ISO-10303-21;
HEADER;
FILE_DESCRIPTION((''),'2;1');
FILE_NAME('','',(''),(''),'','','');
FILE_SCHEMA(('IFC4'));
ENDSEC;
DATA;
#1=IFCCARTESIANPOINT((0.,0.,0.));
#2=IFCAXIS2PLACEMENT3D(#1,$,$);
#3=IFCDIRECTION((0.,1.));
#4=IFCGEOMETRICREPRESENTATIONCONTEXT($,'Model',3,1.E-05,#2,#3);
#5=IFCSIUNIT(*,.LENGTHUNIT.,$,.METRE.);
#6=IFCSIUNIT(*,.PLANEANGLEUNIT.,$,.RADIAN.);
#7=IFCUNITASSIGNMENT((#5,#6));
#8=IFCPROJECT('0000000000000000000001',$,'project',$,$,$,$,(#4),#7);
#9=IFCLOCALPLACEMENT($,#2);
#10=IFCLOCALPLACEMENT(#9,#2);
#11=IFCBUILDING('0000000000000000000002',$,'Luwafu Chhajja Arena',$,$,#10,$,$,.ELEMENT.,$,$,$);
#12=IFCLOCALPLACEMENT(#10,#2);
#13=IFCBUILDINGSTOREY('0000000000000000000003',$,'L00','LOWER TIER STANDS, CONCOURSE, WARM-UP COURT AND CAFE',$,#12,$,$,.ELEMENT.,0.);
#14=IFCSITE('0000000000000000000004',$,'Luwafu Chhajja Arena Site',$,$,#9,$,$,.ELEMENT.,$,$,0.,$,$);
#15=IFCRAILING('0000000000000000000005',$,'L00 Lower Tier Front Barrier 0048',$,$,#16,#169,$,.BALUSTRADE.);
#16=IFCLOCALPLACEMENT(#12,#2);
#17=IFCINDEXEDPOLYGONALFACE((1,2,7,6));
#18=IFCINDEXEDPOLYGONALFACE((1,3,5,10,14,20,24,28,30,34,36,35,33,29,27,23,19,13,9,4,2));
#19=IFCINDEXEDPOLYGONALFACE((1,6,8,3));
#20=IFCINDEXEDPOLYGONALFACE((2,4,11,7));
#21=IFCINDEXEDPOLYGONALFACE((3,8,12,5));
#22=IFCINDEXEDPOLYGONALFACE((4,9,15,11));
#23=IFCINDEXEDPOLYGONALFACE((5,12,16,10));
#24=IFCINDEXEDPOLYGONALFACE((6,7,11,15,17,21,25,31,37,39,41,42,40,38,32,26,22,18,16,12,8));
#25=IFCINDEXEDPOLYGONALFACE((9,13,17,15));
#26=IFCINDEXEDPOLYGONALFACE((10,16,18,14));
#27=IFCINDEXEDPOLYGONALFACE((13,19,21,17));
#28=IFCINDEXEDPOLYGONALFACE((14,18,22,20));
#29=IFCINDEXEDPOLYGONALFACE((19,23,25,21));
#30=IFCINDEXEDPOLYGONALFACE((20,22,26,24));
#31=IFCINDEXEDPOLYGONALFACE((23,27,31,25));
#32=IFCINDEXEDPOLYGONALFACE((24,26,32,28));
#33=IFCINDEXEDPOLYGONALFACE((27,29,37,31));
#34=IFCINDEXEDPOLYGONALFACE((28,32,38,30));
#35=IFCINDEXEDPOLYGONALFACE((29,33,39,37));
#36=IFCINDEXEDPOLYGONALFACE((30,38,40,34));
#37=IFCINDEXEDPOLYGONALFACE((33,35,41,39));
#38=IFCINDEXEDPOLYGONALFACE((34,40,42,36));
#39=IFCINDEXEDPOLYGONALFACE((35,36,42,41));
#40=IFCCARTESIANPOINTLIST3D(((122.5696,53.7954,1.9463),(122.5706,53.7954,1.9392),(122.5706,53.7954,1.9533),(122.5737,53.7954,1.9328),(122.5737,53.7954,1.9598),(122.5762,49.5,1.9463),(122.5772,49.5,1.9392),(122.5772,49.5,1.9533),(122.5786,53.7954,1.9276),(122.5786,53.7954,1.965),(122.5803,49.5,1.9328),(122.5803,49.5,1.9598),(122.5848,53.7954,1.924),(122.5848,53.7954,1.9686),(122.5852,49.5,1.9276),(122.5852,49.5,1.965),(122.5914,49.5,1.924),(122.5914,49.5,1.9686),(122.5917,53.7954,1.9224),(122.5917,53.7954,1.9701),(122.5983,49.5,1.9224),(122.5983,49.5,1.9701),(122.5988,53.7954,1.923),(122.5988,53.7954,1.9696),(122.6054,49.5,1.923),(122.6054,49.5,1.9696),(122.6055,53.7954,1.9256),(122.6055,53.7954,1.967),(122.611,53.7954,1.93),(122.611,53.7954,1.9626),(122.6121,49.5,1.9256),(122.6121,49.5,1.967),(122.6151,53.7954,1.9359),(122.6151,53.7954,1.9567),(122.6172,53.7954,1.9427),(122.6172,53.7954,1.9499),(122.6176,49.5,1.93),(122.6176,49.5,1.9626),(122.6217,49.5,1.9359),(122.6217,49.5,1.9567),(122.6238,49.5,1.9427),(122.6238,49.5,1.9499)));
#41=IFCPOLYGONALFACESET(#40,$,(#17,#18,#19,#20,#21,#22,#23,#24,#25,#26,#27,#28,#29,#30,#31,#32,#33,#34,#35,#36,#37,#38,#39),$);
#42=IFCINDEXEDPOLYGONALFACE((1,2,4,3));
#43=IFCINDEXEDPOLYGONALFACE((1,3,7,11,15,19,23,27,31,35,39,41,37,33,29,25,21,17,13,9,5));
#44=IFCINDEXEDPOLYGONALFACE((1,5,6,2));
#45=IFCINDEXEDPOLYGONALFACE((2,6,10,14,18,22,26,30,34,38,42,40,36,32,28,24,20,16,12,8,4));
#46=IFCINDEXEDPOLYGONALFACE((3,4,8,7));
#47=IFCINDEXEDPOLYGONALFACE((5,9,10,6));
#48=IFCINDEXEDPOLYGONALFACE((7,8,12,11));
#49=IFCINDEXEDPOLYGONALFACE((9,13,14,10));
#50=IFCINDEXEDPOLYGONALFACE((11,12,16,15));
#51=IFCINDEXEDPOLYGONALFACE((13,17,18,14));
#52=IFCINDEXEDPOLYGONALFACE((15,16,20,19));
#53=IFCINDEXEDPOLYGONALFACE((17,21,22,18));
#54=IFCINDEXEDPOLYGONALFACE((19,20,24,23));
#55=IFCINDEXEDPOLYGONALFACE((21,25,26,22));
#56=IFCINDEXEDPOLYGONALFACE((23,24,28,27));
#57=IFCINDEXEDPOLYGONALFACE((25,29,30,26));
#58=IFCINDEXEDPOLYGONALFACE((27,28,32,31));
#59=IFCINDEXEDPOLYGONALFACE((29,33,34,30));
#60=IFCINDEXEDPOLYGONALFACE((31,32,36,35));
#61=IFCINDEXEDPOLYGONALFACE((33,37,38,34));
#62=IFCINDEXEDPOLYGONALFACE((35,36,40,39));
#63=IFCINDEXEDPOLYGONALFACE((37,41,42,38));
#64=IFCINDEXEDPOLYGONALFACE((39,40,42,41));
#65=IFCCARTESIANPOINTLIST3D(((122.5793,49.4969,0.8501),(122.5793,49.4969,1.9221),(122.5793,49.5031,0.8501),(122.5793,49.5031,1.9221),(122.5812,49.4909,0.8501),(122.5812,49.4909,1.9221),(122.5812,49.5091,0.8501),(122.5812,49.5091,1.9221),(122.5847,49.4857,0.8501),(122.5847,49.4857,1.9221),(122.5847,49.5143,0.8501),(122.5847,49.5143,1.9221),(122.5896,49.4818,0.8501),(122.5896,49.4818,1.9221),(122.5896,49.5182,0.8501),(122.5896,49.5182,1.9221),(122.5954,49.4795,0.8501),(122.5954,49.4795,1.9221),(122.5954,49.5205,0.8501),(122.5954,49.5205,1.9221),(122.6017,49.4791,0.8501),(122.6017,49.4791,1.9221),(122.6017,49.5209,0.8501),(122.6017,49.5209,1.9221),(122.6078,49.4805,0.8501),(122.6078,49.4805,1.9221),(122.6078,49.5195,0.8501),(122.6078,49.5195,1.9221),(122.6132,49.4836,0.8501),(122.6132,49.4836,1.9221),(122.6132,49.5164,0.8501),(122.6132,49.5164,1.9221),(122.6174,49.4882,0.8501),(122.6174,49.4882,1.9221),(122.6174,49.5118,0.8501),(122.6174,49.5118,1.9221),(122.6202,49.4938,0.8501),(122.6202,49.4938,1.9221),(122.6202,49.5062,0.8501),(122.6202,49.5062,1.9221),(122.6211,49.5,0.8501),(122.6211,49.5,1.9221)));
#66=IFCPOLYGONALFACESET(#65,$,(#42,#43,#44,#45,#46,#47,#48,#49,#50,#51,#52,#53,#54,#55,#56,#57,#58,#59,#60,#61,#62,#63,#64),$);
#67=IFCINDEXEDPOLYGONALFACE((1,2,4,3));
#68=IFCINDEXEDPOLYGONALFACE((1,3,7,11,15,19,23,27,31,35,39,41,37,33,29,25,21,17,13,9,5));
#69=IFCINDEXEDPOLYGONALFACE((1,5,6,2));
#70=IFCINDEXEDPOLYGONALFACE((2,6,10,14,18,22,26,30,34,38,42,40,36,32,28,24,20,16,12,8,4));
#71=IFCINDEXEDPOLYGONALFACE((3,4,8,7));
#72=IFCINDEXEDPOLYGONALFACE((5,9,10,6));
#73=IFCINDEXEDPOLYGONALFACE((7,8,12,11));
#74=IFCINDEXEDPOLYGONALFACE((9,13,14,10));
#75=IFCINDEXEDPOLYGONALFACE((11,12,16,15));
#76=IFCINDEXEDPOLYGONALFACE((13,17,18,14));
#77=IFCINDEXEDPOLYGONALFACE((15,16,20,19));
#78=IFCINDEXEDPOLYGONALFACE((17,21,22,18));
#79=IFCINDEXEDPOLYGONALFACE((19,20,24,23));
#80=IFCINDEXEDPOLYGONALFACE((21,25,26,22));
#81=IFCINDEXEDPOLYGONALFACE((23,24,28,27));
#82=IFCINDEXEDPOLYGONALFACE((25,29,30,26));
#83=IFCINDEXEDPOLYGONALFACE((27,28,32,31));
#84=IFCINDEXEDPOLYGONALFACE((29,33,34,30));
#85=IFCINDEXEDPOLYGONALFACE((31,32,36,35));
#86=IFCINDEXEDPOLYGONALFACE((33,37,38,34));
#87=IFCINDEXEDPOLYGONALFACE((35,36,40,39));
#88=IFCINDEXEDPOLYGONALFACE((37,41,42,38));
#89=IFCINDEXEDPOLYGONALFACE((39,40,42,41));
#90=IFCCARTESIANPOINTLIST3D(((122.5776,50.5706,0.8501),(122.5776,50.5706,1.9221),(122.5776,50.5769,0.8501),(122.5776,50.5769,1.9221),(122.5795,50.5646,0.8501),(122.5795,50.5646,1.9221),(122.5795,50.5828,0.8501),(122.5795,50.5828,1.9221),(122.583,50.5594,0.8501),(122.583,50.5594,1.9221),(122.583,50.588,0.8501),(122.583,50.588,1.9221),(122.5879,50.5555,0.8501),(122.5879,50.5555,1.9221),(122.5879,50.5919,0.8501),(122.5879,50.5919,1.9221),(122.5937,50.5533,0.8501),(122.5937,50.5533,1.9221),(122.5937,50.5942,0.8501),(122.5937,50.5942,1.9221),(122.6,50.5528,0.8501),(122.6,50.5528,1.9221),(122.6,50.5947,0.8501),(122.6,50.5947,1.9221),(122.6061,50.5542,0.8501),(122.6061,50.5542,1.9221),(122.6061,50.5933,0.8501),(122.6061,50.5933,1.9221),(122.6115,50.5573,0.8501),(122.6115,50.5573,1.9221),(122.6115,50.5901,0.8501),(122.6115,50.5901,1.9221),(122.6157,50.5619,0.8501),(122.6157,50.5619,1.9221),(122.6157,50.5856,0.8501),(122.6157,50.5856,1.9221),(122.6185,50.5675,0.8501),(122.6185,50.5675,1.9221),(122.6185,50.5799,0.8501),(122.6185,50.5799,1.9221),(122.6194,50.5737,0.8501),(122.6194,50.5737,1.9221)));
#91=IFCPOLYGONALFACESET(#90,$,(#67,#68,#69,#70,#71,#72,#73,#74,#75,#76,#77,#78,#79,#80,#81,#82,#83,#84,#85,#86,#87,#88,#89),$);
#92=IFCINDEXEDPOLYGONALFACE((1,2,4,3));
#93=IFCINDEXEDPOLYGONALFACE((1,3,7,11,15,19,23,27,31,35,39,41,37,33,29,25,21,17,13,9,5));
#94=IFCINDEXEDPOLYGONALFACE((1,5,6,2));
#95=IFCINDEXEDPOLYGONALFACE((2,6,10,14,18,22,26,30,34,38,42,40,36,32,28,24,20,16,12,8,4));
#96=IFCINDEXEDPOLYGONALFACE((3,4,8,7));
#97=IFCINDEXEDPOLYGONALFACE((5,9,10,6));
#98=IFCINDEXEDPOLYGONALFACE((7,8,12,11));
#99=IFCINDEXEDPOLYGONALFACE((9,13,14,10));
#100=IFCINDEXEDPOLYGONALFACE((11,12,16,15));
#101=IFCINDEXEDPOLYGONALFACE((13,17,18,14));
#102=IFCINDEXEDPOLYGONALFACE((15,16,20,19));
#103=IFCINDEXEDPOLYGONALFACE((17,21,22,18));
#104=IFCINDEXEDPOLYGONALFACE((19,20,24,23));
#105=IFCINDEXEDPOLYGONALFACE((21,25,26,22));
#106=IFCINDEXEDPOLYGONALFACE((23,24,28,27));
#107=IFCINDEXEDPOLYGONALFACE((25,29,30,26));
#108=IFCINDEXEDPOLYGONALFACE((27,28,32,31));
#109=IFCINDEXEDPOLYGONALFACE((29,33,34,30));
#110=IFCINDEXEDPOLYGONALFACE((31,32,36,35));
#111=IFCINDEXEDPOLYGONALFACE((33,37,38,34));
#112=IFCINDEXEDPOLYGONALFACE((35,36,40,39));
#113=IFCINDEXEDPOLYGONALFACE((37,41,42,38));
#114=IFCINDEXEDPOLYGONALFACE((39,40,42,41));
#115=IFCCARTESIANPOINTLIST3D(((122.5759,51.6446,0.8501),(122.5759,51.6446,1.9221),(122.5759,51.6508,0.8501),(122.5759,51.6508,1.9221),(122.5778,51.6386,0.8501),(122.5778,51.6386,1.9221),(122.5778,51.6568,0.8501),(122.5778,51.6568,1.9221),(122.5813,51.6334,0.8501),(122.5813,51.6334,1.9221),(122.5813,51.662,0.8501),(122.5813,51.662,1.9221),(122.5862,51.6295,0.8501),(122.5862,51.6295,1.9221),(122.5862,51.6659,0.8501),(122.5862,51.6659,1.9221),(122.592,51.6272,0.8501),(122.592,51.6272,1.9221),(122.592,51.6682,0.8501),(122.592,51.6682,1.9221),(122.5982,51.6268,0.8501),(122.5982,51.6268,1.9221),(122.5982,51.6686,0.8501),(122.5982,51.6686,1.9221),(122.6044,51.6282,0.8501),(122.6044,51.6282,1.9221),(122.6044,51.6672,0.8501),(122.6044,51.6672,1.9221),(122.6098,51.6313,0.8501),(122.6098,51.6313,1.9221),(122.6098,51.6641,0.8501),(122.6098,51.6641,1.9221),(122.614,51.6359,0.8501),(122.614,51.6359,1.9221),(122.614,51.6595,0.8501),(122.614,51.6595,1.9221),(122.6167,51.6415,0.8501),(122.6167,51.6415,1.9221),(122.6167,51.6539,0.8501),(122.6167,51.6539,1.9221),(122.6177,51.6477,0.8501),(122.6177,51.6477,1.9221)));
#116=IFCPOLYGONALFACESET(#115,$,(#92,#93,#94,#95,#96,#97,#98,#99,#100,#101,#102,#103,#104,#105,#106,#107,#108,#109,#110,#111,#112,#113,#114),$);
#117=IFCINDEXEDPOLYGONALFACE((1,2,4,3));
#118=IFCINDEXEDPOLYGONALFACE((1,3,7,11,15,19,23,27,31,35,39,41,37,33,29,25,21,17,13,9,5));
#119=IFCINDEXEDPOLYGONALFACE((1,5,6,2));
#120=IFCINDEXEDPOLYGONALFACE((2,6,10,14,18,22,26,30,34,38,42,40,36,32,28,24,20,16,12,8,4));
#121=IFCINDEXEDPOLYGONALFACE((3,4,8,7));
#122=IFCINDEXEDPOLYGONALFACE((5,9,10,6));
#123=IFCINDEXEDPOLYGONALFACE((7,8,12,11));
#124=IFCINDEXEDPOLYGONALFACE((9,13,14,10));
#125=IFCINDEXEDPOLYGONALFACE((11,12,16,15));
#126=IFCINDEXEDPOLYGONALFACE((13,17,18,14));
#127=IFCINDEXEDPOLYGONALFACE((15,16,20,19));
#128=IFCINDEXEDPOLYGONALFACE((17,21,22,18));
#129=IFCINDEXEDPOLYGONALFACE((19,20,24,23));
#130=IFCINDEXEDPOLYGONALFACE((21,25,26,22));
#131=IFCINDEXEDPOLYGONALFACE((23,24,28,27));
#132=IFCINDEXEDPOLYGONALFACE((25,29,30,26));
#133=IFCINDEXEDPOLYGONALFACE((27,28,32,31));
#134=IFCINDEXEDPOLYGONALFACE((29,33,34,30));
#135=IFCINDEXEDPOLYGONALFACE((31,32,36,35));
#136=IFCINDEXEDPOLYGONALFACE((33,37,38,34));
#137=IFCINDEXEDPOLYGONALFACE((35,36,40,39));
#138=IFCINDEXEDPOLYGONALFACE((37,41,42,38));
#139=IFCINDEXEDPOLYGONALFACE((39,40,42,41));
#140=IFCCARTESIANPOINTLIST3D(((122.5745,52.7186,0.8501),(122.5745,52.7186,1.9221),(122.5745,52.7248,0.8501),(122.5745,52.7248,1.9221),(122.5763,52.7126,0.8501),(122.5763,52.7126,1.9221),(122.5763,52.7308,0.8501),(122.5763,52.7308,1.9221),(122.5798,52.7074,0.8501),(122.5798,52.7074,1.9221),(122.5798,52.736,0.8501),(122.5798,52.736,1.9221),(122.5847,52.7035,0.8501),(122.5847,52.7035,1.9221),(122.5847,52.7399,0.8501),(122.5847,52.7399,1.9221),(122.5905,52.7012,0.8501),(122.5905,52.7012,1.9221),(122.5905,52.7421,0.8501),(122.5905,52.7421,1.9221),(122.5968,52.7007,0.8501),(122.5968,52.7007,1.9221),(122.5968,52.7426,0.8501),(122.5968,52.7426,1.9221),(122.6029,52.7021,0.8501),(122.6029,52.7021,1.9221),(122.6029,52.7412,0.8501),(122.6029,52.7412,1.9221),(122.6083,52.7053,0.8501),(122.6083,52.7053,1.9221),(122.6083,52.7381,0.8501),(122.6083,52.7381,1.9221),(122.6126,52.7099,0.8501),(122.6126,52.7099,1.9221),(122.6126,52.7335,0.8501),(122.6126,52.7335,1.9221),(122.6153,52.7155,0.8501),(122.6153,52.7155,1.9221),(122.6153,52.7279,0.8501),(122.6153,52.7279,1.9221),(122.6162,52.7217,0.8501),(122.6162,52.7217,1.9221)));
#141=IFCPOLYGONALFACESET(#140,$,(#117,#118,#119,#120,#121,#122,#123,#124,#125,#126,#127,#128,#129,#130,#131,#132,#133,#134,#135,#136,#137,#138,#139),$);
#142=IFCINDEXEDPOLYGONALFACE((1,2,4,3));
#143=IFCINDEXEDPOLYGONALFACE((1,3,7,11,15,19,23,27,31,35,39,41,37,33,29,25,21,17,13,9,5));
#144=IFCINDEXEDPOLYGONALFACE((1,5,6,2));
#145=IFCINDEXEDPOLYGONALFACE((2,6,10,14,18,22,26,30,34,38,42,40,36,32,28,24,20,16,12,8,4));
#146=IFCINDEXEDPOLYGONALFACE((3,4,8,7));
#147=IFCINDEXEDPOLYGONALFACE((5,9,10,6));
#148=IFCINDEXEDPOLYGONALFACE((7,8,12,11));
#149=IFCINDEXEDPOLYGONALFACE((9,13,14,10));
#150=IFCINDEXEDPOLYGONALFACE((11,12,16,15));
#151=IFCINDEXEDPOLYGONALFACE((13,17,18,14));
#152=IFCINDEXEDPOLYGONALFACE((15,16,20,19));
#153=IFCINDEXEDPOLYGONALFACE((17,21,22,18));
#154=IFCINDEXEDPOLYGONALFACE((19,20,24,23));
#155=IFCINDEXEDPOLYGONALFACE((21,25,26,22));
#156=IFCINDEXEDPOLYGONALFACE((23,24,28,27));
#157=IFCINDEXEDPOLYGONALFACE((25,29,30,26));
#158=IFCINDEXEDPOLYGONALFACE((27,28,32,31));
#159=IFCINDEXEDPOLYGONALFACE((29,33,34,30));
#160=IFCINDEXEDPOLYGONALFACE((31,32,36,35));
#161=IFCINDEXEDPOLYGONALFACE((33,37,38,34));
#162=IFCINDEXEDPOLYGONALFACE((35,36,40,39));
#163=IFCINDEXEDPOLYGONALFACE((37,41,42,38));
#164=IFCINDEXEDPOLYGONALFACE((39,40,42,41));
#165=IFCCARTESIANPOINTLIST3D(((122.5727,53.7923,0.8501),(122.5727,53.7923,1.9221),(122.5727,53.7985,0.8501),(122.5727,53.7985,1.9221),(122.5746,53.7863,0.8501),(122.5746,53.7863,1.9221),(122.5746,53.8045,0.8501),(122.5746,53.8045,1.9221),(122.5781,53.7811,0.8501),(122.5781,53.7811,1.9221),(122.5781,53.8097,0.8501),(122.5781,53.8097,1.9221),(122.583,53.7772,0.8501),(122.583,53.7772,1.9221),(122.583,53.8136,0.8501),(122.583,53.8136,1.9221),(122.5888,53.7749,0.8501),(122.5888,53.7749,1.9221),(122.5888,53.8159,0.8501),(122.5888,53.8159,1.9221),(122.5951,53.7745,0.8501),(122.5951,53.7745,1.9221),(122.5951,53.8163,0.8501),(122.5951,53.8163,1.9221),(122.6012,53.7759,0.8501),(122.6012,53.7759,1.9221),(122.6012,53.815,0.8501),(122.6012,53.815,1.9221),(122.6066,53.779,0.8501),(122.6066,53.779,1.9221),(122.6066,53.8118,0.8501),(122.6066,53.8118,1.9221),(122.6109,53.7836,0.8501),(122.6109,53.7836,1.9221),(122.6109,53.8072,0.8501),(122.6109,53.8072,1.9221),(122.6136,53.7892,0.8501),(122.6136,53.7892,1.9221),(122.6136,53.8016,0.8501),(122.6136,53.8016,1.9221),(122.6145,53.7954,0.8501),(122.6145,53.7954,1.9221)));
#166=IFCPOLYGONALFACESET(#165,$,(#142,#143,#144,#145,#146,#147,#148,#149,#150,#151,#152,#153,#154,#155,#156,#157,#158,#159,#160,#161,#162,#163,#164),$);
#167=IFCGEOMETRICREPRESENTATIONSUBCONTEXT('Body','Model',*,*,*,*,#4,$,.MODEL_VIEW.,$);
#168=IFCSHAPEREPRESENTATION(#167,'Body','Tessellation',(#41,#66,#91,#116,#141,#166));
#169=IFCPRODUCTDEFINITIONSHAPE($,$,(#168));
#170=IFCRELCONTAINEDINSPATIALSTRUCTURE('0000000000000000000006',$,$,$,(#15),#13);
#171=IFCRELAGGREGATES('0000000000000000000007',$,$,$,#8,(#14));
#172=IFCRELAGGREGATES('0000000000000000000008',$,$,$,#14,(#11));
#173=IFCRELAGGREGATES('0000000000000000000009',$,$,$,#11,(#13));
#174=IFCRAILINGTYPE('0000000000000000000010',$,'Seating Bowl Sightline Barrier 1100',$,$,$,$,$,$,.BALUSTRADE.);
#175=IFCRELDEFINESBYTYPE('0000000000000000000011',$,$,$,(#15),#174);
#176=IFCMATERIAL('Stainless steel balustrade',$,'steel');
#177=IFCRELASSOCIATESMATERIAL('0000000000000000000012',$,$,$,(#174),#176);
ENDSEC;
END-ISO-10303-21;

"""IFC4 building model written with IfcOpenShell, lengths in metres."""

from ifc_helpers import new_model, si_unit, direction, frame, origin, origin_2d, place, context, subcontext, project, spatial, circle, extrude, material, type_object, element, save


model = new_model("IFC4")

# Units and contexts
model_context = context("Model", 3, precision=1e-05, world=origin(), true_north=direction((0.0, 1.0)))
body_context = subcontext(model_context, "Body", "Model", "MODEL_VIEW")
ifc_project = project(units=[si_unit("LENGTHUNIT", "METRE"), si_unit("PLANEANGLEUNIT", "RADIAN")], contexts=[model_context])

# Site, building, storey
site_placement = place(None, origin())
site = spatial("IfcSite", under=ifc_project, at=site_placement, Name="Luwafu Chhajja Arena Site", CompositionType="ELEMENT", RefElevation=0.0)
building_placement = place(site_placement, origin())
building = spatial("IfcBuilding", under=site, at=building_placement, Name="Luwafu Chhajja Arena", CompositionType="ELEMENT")
storey_placement = place(building_placement, origin())
storey = spatial("IfcBuildingStorey", under=building, at=storey_placement, Name="L00", Description="LOWER TIER STANDS, CONCOURSE, WARM-UP COURT AND CAFE", CompositionType="ELEMENT", Elevation=0.0)

# Railing
ifc_material_1 = material(Name="Stainless steel balustrade", Category="steel")
railing_type = type_object("IfcRailingType", Name="Seating Bowl Sightline Barrier 1100", PredefinedType="BALUSTRADE", material=ifc_material_1)
railing_1_placement = place(storey_placement, frame((122.6001, 49.5, 0.8501)))
element("IfcRailing", 1, at=railing_1_placement, inside=storey, type_object=railing_type, Name="L00 Lower Tier Front Barrier 0048", PredefinedType="BALUSTRADE", context=body_context, shape_type="SweptSolid", body=[
    extrude(circle(Radius=0.0239, at=origin_2d()), frame((0.0, 0.0, 1.0962), z_axis=(-0.001535, 0.999999, 0.0), x_axis=(-0.999999, -0.001535, 0.0)), (0.0, 0.0, 1.0), 4.2954),
    extrude(circle(Radius=0.021, at=origin_2d()), origin(), (0.0, 0.0, 1.0), 1.072),
    extrude(circle(Radius=0.021, at=origin_2d()), frame((-0.0017, 1.0737, 0.0)), (0.0, 0.0, 1.0), 1.072),
    extrude(circle(Radius=0.021, at=origin_2d()), frame((-0.0034, 2.1477, 0.0)), (0.0, 0.0, 1.0), 1.072),
    extrude(circle(Radius=0.021, at=origin_2d()), frame((-0.0049, 3.2217, 0.0)), (0.0, 0.0, 1.0), 1.072),
    extrude(circle(Radius=0.021, at=origin_2d()), frame((-0.0066, 4.2954, 0.0)), (0.0, 0.0, 1.0), 1.072),
])

save(model, "model.ifc")
